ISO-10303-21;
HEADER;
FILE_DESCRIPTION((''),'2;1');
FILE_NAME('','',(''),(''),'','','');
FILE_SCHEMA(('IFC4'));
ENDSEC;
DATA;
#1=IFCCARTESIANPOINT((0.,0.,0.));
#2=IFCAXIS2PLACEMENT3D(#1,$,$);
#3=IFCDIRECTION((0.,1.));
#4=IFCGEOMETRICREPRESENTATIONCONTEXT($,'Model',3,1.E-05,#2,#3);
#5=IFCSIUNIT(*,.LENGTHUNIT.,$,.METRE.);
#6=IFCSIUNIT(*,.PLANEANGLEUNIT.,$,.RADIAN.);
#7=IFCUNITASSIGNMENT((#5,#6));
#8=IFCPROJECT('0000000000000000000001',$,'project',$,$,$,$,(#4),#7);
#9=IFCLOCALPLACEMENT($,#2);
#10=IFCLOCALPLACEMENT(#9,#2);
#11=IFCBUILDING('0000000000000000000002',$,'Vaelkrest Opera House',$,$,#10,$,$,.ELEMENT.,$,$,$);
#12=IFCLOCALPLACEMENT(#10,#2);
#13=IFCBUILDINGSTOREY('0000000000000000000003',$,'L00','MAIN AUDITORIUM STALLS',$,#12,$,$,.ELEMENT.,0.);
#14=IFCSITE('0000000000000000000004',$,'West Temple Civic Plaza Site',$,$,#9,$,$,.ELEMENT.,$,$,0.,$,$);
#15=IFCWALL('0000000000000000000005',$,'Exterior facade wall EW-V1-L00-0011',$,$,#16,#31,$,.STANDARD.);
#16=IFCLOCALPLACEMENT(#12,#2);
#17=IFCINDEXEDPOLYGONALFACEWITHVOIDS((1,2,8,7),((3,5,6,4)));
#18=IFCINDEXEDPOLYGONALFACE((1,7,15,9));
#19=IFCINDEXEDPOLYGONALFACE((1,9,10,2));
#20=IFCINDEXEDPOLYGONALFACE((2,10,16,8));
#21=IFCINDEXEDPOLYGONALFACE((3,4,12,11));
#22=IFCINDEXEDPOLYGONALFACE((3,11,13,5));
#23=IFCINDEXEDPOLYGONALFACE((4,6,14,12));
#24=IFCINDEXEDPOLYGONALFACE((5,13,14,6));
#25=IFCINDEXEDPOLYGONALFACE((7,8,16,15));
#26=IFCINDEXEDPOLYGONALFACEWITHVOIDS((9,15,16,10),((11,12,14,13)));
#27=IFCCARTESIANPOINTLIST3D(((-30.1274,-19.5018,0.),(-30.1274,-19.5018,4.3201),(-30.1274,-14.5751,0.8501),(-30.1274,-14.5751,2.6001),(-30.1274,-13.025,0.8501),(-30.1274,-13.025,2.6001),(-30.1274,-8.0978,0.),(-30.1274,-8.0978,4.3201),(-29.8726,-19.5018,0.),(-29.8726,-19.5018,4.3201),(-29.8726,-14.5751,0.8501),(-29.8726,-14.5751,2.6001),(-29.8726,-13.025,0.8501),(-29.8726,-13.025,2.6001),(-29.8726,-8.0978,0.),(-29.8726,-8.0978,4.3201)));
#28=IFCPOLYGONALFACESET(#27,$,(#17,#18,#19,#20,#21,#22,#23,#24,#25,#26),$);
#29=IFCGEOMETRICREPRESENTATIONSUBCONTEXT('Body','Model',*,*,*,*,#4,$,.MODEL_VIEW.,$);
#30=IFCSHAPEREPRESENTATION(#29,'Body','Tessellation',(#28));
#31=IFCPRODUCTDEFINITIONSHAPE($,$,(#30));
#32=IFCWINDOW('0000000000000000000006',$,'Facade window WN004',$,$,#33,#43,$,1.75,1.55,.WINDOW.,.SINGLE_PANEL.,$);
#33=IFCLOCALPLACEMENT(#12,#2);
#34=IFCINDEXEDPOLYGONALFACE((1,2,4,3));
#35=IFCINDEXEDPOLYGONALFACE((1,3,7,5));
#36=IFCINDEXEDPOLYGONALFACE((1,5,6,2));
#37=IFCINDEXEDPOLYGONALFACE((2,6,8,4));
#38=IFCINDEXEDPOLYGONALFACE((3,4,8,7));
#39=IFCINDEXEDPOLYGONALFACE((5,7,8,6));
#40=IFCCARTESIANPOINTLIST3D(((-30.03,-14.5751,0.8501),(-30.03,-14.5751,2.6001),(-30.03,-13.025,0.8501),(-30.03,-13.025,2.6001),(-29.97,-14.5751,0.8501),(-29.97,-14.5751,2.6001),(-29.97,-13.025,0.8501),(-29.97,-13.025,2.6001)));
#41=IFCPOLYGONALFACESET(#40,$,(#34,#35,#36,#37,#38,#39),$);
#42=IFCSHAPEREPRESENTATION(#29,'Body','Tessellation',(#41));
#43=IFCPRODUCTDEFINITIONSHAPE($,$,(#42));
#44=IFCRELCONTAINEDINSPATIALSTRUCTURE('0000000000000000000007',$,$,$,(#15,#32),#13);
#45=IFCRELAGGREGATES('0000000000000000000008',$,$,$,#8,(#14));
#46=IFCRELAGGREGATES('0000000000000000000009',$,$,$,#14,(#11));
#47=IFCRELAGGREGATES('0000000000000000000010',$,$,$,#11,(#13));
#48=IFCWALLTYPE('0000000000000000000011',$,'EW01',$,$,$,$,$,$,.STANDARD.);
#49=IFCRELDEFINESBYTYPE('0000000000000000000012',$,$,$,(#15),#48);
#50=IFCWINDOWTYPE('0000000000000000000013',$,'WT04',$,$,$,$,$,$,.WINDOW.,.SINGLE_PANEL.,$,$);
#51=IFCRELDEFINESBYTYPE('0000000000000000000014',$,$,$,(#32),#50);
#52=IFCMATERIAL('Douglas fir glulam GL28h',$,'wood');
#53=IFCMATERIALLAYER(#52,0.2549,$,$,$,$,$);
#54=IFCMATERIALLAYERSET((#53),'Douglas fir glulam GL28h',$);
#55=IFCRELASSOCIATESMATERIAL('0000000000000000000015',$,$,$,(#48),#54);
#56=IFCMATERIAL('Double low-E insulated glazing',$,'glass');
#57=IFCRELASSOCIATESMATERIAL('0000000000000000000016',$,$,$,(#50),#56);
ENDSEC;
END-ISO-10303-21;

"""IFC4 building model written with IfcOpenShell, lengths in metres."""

from ifc_helpers import new_model, si_unit, direction, frame, frame_2d, origin, place, context, subcontext, project, spatial, rectangle, extrude, material, layer, layer_set, type_object, element, fill, save


model = new_model("IFC4")

# Units and contexts
model_context = context("Model", 3, precision=1e-05, world=origin(), true_north=direction((0.0, 1.0)))
body_context = subcontext(model_context, "Body", "Model", "MODEL_VIEW")
ifc_project = project(units=[si_unit("LENGTHUNIT", "METRE"), si_unit("PLANEANGLEUNIT", "RADIAN")], contexts=[model_context])

# Site, building, storey
site_placement = place(None, origin())
site = spatial("IfcSite", under=ifc_project, at=site_placement, Name="West Temple Civic Plaza Site", CompositionType="ELEMENT", RefElevation=0.0)
building_placement = place(site_placement, origin())
building = spatial("IfcBuilding", under=site, at=building_placement, Name="Vaelkrest Opera House", CompositionType="ELEMENT")
storey_placement = place(building_placement, origin())
storey = spatial("IfcBuildingStorey", under=building, at=storey_placement, Name="L00", Description="MAIN AUDITORIUM STALLS", CompositionType="ELEMENT", Elevation=0.0)

# Wall, opening, window
ifc_material_1 = material(Name="Douglas fir glulam GL28h", Category="wood")
ifc_layer_1 = layer(ifc_material_1, 0.2549)
ifc_layer_set_1 = layer_set([ifc_layer_1], Name="Douglas fir glulam GL28h")
wall_type = type_object("IfcWallType", Name="EW01", PredefinedType="STANDARD", material=ifc_layer_set_1)
wall_placement = place(storey_placement, frame((-30.0, -19.502, 0.0), z_axis=(0.0, 0.0, 1.0), x_axis=(0.0, 1.0, 0.0)))
wall = element("IfcWall", 1, at=wall_placement, inside=storey, type_object=wall_type, Name="Exterior facade wall EW-V1-L00-0011", PredefinedType="STANDARD", context=body_context, shape_type="SweptSolid", body=[
    extrude(rectangle(XDim=11.4041, YDim=0.2549, at=frame_2d((5.7021, 0.0))), origin(), (0.0, 0.0, 1.0), 4.3201),
])
opening_placement = place(wall_placement, frame((4.927, 0.0, 0.8501)))
opening = element("IfcOpeningElement", 2, at=opening_placement, cuts=wall, PredefinedType="OPENING", context=body_context, shape_type="SweptSolid", body=[
    extrude(rectangle(XDim=1.55, YDim=1.75, at=frame_2d((0.7749, 0.875))), frame((0.0, 0.1375, 0.0), z_axis=(0.0, -1.0, 0.0), x_axis=(1.0, 0.0, 0.0)), (0.0, 0.0, 1.0), 0.2749),
])
ifc_material_2 = material(Name="Double low-E insulated glazing", Category="glass")
window_type = type_object("IfcWindowType", Name="WT04", PartitioningType="SINGLE_PANEL", PredefinedType="WINDOW", material=ifc_material_2)
window_placement = place(opening_placement, origin())
window = element("IfcWindow", 3, at=window_placement, inside=storey, type_object=window_type, Name="Facade window WN004", OverallHeight=1.75, OverallWidth=1.55, PartitioningType="SINGLE_PANEL", PredefinedType="WINDOW", context=body_context, shape_type="SweptSolid", body=[
    extrude(rectangle(XDim=1.55, YDim=1.75, at=frame_2d((0.7749, 0.875))), frame((0.0, 0.03, 0.0), z_axis=(0.0, -1.0, 0.0), x_axis=(1.0, 0.0, 0.0)), (0.0, 0.0, 1.0), 0.0601),
])
fill(opening, window)

save(model, "model.ifc")
